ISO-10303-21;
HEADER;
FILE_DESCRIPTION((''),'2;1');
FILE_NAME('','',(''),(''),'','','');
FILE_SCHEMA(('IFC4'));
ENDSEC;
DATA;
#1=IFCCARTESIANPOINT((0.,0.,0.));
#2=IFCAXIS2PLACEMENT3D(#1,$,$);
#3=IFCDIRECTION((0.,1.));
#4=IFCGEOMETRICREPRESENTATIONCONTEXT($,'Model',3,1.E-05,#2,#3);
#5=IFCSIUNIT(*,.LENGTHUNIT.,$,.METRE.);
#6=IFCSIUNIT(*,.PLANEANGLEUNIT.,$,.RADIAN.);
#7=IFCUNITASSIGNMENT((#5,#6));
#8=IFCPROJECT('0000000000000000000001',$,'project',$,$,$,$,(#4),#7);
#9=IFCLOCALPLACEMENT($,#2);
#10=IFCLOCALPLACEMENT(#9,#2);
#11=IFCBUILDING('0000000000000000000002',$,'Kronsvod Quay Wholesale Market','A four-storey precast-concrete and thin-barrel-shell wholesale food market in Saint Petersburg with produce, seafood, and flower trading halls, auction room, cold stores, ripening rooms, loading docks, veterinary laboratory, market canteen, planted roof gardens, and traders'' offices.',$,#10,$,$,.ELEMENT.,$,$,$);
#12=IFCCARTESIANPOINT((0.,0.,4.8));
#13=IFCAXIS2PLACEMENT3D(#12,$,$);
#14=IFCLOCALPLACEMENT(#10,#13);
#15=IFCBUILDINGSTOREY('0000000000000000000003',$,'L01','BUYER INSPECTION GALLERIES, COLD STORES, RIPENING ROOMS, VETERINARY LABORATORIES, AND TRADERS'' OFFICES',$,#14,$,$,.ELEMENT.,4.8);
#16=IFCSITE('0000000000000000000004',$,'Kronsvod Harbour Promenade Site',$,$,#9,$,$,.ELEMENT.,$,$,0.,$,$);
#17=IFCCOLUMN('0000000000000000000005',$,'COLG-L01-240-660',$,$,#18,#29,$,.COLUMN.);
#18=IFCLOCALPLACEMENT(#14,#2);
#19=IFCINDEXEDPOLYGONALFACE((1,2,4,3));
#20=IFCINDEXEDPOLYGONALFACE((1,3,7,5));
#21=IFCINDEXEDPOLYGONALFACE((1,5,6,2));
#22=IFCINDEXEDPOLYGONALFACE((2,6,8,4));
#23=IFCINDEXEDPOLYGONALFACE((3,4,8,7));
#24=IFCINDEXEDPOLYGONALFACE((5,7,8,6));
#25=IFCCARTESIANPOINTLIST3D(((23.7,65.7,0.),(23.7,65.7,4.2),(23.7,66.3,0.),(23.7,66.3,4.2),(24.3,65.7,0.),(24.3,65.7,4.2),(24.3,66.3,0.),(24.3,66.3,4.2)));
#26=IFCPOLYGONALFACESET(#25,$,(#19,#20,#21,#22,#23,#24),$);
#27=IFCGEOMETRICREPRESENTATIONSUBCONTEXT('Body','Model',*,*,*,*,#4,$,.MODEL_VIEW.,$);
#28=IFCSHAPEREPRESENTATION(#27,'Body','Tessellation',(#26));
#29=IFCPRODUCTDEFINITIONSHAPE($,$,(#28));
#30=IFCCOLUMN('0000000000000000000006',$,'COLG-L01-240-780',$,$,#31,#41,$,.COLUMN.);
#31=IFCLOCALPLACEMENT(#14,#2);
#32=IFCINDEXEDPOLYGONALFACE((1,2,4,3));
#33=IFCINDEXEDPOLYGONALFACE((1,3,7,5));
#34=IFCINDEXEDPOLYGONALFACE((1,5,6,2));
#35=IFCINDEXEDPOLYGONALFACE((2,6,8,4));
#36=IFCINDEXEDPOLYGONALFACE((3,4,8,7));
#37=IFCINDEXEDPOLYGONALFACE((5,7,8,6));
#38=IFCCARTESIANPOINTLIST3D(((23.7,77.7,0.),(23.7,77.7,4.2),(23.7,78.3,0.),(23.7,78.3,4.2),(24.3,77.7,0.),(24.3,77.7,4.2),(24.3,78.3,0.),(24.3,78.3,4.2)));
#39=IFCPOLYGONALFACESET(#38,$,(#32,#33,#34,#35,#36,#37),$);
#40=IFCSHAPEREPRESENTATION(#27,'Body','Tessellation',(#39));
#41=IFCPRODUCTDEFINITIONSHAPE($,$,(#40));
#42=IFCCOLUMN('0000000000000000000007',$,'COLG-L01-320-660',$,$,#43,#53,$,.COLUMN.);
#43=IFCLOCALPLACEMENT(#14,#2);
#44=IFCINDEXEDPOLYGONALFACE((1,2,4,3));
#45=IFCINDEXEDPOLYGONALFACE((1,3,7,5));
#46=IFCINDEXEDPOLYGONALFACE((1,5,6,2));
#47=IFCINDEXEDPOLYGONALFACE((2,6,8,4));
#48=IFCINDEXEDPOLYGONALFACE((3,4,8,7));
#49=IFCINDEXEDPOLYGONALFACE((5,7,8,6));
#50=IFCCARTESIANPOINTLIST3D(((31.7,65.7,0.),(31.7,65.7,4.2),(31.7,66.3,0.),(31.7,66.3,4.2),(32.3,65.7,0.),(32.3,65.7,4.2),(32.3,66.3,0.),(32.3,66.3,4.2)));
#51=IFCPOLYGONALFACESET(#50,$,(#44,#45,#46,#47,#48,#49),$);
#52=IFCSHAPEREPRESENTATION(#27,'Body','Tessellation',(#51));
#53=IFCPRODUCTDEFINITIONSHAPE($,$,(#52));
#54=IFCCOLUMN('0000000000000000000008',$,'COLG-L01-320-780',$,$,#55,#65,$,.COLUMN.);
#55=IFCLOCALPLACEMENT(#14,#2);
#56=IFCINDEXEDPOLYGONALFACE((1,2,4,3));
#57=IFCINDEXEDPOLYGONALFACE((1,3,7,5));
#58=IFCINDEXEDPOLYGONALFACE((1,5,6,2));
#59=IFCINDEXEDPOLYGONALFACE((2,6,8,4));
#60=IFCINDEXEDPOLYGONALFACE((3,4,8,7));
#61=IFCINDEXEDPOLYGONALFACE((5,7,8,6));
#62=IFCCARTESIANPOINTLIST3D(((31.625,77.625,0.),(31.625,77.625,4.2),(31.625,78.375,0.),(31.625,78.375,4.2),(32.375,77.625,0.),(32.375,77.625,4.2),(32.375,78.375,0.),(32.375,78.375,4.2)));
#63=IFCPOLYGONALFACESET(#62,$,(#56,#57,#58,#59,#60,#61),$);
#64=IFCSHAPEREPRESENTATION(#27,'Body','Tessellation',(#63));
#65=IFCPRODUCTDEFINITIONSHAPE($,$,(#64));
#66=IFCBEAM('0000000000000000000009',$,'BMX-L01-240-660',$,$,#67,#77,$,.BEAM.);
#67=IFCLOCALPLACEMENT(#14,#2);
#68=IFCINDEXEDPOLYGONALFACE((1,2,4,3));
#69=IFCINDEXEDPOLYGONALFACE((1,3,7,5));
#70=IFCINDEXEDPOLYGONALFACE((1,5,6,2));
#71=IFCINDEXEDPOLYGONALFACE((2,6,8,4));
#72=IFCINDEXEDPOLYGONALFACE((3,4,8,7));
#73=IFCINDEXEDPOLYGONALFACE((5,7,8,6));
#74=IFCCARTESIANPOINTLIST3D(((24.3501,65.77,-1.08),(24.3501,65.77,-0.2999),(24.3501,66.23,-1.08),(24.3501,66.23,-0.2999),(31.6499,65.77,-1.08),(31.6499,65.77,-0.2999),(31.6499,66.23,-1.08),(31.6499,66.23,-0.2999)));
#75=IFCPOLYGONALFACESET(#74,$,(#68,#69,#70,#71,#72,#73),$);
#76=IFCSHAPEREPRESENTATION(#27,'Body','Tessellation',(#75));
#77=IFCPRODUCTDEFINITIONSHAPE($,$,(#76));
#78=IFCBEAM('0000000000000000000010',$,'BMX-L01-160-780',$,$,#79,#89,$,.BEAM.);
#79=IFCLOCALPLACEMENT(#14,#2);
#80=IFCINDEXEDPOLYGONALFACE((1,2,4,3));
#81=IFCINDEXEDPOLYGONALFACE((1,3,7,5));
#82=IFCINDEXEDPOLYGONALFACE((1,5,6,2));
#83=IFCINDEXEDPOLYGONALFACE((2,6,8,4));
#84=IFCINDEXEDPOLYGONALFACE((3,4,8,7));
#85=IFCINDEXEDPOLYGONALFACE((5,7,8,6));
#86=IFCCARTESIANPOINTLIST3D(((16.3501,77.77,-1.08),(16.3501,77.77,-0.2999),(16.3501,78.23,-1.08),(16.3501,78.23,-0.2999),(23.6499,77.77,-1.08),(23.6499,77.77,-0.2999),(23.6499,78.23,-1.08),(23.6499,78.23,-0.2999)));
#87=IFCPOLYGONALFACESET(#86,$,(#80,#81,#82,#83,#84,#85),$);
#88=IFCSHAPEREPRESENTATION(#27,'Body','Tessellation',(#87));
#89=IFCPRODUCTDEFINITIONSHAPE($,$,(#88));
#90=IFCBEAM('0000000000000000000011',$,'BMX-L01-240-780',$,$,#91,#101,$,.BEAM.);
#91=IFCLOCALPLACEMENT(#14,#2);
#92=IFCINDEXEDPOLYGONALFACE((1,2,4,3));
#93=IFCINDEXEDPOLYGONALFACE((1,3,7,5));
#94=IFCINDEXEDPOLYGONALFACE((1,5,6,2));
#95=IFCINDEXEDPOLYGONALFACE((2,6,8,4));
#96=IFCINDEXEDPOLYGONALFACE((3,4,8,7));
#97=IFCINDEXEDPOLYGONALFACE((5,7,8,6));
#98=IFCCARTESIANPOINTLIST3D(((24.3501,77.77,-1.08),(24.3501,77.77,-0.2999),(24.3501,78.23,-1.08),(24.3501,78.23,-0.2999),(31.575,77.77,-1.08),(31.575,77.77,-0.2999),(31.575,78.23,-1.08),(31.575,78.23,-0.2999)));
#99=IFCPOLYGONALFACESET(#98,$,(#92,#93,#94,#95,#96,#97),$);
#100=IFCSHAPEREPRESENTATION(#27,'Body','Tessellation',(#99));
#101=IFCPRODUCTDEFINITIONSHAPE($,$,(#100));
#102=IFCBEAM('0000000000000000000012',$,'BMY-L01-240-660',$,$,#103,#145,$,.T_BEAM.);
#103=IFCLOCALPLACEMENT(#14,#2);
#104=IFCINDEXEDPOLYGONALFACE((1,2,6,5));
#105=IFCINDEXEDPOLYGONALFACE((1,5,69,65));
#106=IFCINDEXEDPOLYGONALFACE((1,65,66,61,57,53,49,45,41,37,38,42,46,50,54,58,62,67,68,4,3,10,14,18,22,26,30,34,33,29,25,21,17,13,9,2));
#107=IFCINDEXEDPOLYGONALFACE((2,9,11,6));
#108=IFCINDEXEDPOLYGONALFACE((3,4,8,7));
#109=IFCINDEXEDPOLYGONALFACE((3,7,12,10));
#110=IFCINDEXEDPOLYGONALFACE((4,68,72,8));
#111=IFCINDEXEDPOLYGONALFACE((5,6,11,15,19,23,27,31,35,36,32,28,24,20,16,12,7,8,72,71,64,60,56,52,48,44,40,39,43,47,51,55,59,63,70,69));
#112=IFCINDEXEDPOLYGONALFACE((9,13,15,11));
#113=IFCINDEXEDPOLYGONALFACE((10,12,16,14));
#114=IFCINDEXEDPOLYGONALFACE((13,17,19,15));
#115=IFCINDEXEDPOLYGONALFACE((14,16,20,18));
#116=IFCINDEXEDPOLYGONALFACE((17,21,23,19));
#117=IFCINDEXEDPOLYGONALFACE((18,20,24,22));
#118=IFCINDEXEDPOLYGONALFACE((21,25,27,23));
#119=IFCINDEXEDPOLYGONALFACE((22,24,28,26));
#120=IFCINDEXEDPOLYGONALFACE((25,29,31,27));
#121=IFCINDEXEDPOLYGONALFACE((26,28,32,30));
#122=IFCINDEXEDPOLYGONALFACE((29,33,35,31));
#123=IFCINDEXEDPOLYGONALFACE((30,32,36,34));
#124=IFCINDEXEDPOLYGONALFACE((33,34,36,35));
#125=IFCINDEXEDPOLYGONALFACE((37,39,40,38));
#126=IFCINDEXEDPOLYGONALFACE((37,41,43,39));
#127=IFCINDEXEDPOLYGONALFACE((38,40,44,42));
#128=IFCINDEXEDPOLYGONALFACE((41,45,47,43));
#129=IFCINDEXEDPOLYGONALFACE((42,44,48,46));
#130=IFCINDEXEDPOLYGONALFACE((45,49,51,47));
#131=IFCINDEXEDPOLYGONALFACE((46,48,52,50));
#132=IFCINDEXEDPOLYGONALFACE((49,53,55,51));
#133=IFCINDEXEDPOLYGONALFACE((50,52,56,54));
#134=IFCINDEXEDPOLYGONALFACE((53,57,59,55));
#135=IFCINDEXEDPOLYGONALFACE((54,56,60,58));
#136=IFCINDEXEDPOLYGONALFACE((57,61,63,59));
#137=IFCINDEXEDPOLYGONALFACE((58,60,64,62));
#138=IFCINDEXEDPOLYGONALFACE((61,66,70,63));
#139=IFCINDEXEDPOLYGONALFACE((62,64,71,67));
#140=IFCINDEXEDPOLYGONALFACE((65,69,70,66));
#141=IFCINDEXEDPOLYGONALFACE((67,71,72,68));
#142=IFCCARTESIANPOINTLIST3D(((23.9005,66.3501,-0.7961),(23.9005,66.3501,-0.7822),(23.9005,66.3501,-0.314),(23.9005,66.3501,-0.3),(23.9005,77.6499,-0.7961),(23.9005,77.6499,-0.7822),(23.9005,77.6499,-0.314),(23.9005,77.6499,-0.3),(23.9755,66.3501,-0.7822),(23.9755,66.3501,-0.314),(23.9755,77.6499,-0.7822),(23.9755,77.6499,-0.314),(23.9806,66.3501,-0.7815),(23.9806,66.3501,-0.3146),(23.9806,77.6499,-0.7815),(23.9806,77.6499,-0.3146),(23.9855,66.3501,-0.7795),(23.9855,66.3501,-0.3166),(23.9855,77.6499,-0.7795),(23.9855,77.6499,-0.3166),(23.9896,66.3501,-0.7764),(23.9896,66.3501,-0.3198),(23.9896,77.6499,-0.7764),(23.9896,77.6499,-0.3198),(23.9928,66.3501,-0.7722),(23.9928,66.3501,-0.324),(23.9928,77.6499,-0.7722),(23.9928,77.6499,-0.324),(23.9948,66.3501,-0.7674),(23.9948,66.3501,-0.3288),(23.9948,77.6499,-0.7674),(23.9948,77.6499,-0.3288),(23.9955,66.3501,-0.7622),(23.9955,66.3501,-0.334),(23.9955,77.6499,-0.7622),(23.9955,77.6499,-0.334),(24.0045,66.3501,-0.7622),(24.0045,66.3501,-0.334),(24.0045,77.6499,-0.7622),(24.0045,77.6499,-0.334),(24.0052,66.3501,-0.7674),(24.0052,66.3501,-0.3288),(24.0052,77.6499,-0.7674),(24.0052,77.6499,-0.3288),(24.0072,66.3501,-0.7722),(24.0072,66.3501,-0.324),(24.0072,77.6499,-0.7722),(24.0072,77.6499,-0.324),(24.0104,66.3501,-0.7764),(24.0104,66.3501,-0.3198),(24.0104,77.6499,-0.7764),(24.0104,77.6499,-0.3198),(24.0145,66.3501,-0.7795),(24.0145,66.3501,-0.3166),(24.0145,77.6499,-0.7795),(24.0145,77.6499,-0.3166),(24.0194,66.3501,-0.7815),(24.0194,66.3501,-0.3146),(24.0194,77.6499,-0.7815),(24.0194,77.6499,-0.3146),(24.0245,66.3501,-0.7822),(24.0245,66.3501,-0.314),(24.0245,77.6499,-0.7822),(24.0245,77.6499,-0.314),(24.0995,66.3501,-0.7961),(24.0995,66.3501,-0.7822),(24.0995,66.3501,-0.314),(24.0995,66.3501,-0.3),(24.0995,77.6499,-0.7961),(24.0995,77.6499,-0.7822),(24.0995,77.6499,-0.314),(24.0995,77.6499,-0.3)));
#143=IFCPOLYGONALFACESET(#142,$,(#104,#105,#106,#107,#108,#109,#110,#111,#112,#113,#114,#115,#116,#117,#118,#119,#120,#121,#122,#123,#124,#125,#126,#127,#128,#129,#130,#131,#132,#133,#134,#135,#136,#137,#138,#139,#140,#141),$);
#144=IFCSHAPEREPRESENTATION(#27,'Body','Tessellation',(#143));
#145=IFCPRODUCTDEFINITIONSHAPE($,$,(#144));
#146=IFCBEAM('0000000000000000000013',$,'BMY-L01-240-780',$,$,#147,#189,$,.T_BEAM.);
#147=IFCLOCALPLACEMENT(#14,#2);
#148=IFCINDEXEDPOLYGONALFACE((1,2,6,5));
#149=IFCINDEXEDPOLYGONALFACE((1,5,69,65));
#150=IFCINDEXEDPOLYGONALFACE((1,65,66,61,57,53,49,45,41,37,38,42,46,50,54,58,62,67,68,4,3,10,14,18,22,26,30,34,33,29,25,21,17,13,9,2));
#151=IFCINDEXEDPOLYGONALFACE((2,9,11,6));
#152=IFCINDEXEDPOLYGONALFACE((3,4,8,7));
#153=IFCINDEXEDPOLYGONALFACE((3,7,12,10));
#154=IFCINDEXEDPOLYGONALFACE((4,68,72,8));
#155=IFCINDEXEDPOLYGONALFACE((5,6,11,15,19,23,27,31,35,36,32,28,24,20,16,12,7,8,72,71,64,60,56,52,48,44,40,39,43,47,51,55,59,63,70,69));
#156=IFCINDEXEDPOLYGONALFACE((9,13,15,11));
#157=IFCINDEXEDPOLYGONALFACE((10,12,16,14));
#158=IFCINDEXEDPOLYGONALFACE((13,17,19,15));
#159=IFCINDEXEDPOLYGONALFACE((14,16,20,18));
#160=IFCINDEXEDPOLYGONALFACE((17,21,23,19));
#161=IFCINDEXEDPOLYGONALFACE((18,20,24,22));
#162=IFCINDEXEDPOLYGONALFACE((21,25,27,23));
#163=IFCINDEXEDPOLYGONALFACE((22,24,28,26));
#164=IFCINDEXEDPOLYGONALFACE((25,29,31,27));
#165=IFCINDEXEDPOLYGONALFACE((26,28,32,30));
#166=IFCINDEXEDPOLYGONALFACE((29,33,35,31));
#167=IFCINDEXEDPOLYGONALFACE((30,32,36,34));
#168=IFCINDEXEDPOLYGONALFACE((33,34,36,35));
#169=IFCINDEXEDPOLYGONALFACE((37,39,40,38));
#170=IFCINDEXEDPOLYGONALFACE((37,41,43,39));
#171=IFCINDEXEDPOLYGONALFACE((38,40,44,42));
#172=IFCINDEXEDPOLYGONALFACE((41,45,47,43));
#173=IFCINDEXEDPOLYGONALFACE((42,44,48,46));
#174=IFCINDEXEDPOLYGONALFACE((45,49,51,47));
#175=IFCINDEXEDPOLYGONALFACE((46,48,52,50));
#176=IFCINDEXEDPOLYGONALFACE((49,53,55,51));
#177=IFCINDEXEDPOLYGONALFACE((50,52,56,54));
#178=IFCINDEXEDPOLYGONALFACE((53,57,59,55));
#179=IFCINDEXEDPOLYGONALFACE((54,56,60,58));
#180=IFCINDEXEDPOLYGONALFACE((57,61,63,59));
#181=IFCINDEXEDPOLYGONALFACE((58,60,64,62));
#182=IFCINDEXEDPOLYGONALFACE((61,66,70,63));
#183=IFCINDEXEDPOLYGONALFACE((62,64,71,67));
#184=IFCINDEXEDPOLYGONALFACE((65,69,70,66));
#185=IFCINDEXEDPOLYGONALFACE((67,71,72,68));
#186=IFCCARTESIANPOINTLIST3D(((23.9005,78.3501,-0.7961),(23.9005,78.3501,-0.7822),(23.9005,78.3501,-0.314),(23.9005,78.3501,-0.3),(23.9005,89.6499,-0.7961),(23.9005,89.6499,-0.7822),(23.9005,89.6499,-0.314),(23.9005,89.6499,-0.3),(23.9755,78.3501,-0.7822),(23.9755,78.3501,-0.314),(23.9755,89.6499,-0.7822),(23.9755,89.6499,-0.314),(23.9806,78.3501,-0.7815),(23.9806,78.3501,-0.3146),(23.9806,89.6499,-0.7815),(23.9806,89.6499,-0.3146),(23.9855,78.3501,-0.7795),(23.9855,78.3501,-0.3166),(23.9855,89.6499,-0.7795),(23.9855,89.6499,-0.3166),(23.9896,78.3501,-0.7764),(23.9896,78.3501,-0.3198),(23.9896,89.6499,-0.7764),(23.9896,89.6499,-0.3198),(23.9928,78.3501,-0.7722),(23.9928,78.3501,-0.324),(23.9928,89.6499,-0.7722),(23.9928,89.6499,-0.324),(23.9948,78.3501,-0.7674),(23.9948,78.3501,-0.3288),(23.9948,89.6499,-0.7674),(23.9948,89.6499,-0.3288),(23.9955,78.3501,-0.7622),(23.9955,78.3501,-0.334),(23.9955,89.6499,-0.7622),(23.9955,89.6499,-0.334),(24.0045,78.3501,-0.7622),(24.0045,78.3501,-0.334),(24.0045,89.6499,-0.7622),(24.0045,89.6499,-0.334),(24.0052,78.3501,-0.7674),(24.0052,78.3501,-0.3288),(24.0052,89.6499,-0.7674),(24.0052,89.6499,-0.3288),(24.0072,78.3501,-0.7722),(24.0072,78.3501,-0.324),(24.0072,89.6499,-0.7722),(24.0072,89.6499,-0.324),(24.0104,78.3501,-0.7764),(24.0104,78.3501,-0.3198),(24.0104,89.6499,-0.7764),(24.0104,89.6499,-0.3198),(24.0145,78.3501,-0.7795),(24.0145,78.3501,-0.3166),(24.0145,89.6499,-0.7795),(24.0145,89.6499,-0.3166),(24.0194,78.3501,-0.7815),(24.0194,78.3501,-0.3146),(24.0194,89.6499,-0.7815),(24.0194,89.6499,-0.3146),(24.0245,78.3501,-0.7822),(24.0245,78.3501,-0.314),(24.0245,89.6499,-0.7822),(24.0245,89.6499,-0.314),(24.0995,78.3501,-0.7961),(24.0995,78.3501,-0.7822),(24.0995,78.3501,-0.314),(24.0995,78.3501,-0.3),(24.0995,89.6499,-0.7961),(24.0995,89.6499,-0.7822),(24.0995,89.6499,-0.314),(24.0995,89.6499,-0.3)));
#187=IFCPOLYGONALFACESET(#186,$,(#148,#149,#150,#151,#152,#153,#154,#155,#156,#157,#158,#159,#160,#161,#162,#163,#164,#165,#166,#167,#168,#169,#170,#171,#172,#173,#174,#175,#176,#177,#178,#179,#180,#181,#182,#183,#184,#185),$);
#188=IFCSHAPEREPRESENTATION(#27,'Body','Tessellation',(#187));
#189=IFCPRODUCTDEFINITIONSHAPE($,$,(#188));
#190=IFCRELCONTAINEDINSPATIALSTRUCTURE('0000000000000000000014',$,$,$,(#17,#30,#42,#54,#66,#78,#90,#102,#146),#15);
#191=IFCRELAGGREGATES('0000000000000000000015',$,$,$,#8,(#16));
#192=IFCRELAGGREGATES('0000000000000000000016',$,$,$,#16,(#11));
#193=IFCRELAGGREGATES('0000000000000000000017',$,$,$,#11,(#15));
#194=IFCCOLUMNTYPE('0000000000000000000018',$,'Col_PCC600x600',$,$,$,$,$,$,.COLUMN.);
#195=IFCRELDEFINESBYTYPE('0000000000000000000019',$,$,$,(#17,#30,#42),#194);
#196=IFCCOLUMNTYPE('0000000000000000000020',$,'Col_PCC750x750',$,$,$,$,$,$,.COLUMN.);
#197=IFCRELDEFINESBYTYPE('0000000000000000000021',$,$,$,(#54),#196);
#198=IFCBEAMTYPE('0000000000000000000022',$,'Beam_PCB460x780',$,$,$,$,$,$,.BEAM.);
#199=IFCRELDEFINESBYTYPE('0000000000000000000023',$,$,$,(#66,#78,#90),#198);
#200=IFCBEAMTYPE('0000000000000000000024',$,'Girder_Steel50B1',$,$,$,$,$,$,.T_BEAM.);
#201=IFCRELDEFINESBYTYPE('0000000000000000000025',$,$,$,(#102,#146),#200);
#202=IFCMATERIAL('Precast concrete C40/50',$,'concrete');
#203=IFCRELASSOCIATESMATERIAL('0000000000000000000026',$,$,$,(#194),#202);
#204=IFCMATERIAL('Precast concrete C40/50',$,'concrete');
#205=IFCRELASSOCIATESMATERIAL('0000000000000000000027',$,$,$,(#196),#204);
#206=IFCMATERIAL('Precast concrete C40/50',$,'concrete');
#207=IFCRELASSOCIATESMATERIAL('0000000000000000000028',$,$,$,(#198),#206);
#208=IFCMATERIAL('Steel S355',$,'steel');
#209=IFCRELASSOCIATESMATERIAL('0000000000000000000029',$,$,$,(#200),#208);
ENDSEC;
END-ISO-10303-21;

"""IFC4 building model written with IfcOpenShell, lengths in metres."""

from ifc_helpers import new_model, si_unit, direction, frame, origin, origin_2d, place, context, subcontext, project, spatial, rectangle, i_section, extrude, material, material_profile, profile_set, type_object, element, save


model = new_model("IFC4")

# Units and contexts
model_context = context("Model", 3, precision=1e-05, world=origin(), true_north=direction((0.0, 1.0)))
body_context = subcontext(model_context, "Body", "Model", "MODEL_VIEW")
ifc_project = project(units=[si_unit("LENGTHUNIT", "METRE"), si_unit("PLANEANGLEUNIT", "RADIAN")], contexts=[model_context])

# Site, building, storey
site_placement = place(None, origin())
site = spatial("IfcSite", under=ifc_project, at=site_placement, Name="Kronsvod Harbour Promenade Site", CompositionType="ELEMENT", RefElevation=0.0)
building_placement = place(site_placement, origin())
building = spatial("IfcBuilding", under=site, at=building_placement, Name="Kronsvod Quay Wholesale Market", Description="A four-storey precast-concrete and thin-barrel-shell wholesale food market in Saint Petersburg with produce, seafood, and flower trading halls, auction room, cold stores, ripening rooms, loading docks, veterinary laboratory, market canteen, planted roof gardens, and traders' offices.", CompositionType="ELEMENT")
storey_placement = place(building_placement, frame((0.0, 0.0, 4.8)))
storey = spatial("IfcBuildingStorey", under=building, at=storey_placement, Name="L01", Description="BUYER INSPECTION GALLERIES, COLD STORES, RIPENING ROOMS, VETERINARY LABORATORIES, AND TRADERS' OFFICES", CompositionType="ELEMENT", Elevation=4.8)

# Columns
ifc_material_1 = material(Name="Precast concrete C40/50", Category="concrete")
ifc_material_profile_1 = material_profile(ifc_material_1, rectangle(XDim=0.6001, YDim=0.6001, at=origin_2d()), Name="PCC600x600")
ifc_profile_set_1 = profile_set([ifc_material_profile_1], Name="Precast concrete C40/50")
column_type_1 = type_object("IfcColumnType", Name="Col_PCC600x600", PredefinedType="COLUMN", material=ifc_profile_set_1)
for number, where, z_axis, x_axis, name in (
    (1, (24.0, 66.0, 0.0), (0.0, 0.0, 1.0), (1.0, 0.0, 0.0), "COLG-L01-240-660"),
    (2, (24.0, 78.0, 0.0), (0.0, 0.0, 1.0), (1.0, 0.0, 0.0), "COLG-L01-240-780"),
    (3, (32.0, 66.0, 0.0), (0.0, 0.0, 1.0), (1.0, 0.0, 0.0), "COLG-L01-320-660"),
):
    element("IfcColumn", number, at=place(storey_placement, frame(where, z_axis=z_axis, x_axis=x_axis)), inside=storey, type_object=column_type_1, Name=name, PredefinedType="COLUMN", context=body_context, shape_type="SweptSolid", body=[
        extrude(rectangle(XDim=0.6001, YDim=0.6001, at=origin_2d()), origin(), (0.0, 0.0, 1.0), 4.2),
    ])
ifc_material_2 = material(Name="Precast concrete C40/50", Category="concrete")
ifc_material_profile_2 = material_profile(ifc_material_2, rectangle(XDim=0.75, YDim=0.75, at=origin_2d()), Name="COL-07")
ifc_profile_set_2 = profile_set([ifc_material_profile_2], Name="Precast concrete C40/50")
column_type_2 = type_object("IfcColumnType", Name="Col_PCC750x750", PredefinedType="COLUMN", material=ifc_profile_set_2)
column_placement = place(storey_placement, frame((32.0, 78.0, 0.0), z_axis=(0.0, 0.0, 1.0), x_axis=(1.0, 0.0, 0.0)))
element("IfcColumn", 4, at=column_placement, inside=storey, type_object=column_type_2, Name="COLG-L01-320-780", PredefinedType="COLUMN", context=body_context, shape_type="SweptSolid", body=[
    extrude(rectangle(XDim=0.75, YDim=0.75, at=origin_2d()), origin(), (0.0, 0.0, 1.0), 4.2),
])

# Beams
ifc_material_3 = material(Name="Precast concrete C40/50", Category="concrete")
ifc_material_profile_3 = material_profile(ifc_material_3, rectangle(XDim=0.46, YDim=0.78, at=origin_2d()), Name="PB-03")
ifc_profile_set_3 = profile_set([ifc_material_profile_3], Name="Precast concrete C40/50")
beam_type_1 = type_object("IfcBeamType", Name="Beam_PCB460x780", PredefinedType="BEAM", material=ifc_profile_set_3)
for number, where, z_axis, x_axis, name in (
    (5, (24.3501, 66.0, -0.6899), (1.0, 0.0, 0.0), (0.0, 1.0, 0.0), "BMX-L01-240-660"),
    (6, (16.3501, 78.0, -0.6899), (1.0, 0.0, 0.0), (0.0, 1.0, 0.0), "BMX-L01-160-780"),
):
    element("IfcBeam", number, at=place(storey_placement, frame(where, z_axis=z_axis, x_axis=x_axis)), inside=storey, type_object=beam_type_1, Name=name, PredefinedType="BEAM", context=body_context, shape_type="SweptSolid", body=[
        extrude(rectangle(XDim=0.46, YDim=0.78, at=origin_2d()), origin(), (0.0, 0.0, 1.0), 7.2998),
    ])
beam_1_placement = place(storey_placement, frame((24.3501, 78.0, -0.6899), z_axis=(1.0, 0.0, 0.0), x_axis=(0.0, 1.0, 0.0)))
element("IfcBeam", 7, at=beam_1_placement, inside=storey, type_object=beam_type_1, Name="BMX-L01-240-780", PredefinedType="BEAM", context=body_context, shape_type="SweptSolid", body=[
    extrude(rectangle(XDim=0.46, YDim=0.78, at=origin_2d()), origin(), (0.0, 0.0, 1.0), 7.2249),
])
ifc_material_4 = material(Name="Steel S355", Category="steel")
ifc_material_profile_4 = material_profile(ifc_material_4, i_section(OverallWidth=0.199, OverallDepth=0.4961, WebThickness=0.009, FlangeThickness=0.0139, FilletRadius=0.02, at=origin_2d()), Name="50B1")
ifc_profile_set_4 = profile_set([ifc_material_profile_4], Name="Steel S355")
beam_type_2 = type_object("IfcBeamType", Name="Girder_Steel50B1", PredefinedType="T_BEAM", material=ifc_profile_set_4)
for number, where, z_axis, x_axis, name in (
    (8, (24.0, 66.3501, -0.5481), (0.0, 1.0, 0.0), (-1.0, 0.0, 0.0), "BMY-L01-240-660"),
    (9, (24.0, 78.3501, -0.5481), (0.0, 1.0, 0.0), (-1.0, 0.0, 0.0), "BMY-L01-240-780"),
):
    element("IfcBeam", number, at=place(storey_placement, frame(where, z_axis=z_axis, x_axis=x_axis)), inside=storey, type_object=beam_type_2, Name=name, PredefinedType="T_BEAM", context=body_context, shape_type="SweptSolid", body=[
        extrude(i_section(OverallWidth=0.199, OverallDepth=0.4961, WebThickness=0.009, FlangeThickness=0.0139, FilletRadius=0.02, at=origin_2d()), origin(), (0.0, 0.0, 1.0), 11.2998),
    ])

save(model, "model.ifc")
